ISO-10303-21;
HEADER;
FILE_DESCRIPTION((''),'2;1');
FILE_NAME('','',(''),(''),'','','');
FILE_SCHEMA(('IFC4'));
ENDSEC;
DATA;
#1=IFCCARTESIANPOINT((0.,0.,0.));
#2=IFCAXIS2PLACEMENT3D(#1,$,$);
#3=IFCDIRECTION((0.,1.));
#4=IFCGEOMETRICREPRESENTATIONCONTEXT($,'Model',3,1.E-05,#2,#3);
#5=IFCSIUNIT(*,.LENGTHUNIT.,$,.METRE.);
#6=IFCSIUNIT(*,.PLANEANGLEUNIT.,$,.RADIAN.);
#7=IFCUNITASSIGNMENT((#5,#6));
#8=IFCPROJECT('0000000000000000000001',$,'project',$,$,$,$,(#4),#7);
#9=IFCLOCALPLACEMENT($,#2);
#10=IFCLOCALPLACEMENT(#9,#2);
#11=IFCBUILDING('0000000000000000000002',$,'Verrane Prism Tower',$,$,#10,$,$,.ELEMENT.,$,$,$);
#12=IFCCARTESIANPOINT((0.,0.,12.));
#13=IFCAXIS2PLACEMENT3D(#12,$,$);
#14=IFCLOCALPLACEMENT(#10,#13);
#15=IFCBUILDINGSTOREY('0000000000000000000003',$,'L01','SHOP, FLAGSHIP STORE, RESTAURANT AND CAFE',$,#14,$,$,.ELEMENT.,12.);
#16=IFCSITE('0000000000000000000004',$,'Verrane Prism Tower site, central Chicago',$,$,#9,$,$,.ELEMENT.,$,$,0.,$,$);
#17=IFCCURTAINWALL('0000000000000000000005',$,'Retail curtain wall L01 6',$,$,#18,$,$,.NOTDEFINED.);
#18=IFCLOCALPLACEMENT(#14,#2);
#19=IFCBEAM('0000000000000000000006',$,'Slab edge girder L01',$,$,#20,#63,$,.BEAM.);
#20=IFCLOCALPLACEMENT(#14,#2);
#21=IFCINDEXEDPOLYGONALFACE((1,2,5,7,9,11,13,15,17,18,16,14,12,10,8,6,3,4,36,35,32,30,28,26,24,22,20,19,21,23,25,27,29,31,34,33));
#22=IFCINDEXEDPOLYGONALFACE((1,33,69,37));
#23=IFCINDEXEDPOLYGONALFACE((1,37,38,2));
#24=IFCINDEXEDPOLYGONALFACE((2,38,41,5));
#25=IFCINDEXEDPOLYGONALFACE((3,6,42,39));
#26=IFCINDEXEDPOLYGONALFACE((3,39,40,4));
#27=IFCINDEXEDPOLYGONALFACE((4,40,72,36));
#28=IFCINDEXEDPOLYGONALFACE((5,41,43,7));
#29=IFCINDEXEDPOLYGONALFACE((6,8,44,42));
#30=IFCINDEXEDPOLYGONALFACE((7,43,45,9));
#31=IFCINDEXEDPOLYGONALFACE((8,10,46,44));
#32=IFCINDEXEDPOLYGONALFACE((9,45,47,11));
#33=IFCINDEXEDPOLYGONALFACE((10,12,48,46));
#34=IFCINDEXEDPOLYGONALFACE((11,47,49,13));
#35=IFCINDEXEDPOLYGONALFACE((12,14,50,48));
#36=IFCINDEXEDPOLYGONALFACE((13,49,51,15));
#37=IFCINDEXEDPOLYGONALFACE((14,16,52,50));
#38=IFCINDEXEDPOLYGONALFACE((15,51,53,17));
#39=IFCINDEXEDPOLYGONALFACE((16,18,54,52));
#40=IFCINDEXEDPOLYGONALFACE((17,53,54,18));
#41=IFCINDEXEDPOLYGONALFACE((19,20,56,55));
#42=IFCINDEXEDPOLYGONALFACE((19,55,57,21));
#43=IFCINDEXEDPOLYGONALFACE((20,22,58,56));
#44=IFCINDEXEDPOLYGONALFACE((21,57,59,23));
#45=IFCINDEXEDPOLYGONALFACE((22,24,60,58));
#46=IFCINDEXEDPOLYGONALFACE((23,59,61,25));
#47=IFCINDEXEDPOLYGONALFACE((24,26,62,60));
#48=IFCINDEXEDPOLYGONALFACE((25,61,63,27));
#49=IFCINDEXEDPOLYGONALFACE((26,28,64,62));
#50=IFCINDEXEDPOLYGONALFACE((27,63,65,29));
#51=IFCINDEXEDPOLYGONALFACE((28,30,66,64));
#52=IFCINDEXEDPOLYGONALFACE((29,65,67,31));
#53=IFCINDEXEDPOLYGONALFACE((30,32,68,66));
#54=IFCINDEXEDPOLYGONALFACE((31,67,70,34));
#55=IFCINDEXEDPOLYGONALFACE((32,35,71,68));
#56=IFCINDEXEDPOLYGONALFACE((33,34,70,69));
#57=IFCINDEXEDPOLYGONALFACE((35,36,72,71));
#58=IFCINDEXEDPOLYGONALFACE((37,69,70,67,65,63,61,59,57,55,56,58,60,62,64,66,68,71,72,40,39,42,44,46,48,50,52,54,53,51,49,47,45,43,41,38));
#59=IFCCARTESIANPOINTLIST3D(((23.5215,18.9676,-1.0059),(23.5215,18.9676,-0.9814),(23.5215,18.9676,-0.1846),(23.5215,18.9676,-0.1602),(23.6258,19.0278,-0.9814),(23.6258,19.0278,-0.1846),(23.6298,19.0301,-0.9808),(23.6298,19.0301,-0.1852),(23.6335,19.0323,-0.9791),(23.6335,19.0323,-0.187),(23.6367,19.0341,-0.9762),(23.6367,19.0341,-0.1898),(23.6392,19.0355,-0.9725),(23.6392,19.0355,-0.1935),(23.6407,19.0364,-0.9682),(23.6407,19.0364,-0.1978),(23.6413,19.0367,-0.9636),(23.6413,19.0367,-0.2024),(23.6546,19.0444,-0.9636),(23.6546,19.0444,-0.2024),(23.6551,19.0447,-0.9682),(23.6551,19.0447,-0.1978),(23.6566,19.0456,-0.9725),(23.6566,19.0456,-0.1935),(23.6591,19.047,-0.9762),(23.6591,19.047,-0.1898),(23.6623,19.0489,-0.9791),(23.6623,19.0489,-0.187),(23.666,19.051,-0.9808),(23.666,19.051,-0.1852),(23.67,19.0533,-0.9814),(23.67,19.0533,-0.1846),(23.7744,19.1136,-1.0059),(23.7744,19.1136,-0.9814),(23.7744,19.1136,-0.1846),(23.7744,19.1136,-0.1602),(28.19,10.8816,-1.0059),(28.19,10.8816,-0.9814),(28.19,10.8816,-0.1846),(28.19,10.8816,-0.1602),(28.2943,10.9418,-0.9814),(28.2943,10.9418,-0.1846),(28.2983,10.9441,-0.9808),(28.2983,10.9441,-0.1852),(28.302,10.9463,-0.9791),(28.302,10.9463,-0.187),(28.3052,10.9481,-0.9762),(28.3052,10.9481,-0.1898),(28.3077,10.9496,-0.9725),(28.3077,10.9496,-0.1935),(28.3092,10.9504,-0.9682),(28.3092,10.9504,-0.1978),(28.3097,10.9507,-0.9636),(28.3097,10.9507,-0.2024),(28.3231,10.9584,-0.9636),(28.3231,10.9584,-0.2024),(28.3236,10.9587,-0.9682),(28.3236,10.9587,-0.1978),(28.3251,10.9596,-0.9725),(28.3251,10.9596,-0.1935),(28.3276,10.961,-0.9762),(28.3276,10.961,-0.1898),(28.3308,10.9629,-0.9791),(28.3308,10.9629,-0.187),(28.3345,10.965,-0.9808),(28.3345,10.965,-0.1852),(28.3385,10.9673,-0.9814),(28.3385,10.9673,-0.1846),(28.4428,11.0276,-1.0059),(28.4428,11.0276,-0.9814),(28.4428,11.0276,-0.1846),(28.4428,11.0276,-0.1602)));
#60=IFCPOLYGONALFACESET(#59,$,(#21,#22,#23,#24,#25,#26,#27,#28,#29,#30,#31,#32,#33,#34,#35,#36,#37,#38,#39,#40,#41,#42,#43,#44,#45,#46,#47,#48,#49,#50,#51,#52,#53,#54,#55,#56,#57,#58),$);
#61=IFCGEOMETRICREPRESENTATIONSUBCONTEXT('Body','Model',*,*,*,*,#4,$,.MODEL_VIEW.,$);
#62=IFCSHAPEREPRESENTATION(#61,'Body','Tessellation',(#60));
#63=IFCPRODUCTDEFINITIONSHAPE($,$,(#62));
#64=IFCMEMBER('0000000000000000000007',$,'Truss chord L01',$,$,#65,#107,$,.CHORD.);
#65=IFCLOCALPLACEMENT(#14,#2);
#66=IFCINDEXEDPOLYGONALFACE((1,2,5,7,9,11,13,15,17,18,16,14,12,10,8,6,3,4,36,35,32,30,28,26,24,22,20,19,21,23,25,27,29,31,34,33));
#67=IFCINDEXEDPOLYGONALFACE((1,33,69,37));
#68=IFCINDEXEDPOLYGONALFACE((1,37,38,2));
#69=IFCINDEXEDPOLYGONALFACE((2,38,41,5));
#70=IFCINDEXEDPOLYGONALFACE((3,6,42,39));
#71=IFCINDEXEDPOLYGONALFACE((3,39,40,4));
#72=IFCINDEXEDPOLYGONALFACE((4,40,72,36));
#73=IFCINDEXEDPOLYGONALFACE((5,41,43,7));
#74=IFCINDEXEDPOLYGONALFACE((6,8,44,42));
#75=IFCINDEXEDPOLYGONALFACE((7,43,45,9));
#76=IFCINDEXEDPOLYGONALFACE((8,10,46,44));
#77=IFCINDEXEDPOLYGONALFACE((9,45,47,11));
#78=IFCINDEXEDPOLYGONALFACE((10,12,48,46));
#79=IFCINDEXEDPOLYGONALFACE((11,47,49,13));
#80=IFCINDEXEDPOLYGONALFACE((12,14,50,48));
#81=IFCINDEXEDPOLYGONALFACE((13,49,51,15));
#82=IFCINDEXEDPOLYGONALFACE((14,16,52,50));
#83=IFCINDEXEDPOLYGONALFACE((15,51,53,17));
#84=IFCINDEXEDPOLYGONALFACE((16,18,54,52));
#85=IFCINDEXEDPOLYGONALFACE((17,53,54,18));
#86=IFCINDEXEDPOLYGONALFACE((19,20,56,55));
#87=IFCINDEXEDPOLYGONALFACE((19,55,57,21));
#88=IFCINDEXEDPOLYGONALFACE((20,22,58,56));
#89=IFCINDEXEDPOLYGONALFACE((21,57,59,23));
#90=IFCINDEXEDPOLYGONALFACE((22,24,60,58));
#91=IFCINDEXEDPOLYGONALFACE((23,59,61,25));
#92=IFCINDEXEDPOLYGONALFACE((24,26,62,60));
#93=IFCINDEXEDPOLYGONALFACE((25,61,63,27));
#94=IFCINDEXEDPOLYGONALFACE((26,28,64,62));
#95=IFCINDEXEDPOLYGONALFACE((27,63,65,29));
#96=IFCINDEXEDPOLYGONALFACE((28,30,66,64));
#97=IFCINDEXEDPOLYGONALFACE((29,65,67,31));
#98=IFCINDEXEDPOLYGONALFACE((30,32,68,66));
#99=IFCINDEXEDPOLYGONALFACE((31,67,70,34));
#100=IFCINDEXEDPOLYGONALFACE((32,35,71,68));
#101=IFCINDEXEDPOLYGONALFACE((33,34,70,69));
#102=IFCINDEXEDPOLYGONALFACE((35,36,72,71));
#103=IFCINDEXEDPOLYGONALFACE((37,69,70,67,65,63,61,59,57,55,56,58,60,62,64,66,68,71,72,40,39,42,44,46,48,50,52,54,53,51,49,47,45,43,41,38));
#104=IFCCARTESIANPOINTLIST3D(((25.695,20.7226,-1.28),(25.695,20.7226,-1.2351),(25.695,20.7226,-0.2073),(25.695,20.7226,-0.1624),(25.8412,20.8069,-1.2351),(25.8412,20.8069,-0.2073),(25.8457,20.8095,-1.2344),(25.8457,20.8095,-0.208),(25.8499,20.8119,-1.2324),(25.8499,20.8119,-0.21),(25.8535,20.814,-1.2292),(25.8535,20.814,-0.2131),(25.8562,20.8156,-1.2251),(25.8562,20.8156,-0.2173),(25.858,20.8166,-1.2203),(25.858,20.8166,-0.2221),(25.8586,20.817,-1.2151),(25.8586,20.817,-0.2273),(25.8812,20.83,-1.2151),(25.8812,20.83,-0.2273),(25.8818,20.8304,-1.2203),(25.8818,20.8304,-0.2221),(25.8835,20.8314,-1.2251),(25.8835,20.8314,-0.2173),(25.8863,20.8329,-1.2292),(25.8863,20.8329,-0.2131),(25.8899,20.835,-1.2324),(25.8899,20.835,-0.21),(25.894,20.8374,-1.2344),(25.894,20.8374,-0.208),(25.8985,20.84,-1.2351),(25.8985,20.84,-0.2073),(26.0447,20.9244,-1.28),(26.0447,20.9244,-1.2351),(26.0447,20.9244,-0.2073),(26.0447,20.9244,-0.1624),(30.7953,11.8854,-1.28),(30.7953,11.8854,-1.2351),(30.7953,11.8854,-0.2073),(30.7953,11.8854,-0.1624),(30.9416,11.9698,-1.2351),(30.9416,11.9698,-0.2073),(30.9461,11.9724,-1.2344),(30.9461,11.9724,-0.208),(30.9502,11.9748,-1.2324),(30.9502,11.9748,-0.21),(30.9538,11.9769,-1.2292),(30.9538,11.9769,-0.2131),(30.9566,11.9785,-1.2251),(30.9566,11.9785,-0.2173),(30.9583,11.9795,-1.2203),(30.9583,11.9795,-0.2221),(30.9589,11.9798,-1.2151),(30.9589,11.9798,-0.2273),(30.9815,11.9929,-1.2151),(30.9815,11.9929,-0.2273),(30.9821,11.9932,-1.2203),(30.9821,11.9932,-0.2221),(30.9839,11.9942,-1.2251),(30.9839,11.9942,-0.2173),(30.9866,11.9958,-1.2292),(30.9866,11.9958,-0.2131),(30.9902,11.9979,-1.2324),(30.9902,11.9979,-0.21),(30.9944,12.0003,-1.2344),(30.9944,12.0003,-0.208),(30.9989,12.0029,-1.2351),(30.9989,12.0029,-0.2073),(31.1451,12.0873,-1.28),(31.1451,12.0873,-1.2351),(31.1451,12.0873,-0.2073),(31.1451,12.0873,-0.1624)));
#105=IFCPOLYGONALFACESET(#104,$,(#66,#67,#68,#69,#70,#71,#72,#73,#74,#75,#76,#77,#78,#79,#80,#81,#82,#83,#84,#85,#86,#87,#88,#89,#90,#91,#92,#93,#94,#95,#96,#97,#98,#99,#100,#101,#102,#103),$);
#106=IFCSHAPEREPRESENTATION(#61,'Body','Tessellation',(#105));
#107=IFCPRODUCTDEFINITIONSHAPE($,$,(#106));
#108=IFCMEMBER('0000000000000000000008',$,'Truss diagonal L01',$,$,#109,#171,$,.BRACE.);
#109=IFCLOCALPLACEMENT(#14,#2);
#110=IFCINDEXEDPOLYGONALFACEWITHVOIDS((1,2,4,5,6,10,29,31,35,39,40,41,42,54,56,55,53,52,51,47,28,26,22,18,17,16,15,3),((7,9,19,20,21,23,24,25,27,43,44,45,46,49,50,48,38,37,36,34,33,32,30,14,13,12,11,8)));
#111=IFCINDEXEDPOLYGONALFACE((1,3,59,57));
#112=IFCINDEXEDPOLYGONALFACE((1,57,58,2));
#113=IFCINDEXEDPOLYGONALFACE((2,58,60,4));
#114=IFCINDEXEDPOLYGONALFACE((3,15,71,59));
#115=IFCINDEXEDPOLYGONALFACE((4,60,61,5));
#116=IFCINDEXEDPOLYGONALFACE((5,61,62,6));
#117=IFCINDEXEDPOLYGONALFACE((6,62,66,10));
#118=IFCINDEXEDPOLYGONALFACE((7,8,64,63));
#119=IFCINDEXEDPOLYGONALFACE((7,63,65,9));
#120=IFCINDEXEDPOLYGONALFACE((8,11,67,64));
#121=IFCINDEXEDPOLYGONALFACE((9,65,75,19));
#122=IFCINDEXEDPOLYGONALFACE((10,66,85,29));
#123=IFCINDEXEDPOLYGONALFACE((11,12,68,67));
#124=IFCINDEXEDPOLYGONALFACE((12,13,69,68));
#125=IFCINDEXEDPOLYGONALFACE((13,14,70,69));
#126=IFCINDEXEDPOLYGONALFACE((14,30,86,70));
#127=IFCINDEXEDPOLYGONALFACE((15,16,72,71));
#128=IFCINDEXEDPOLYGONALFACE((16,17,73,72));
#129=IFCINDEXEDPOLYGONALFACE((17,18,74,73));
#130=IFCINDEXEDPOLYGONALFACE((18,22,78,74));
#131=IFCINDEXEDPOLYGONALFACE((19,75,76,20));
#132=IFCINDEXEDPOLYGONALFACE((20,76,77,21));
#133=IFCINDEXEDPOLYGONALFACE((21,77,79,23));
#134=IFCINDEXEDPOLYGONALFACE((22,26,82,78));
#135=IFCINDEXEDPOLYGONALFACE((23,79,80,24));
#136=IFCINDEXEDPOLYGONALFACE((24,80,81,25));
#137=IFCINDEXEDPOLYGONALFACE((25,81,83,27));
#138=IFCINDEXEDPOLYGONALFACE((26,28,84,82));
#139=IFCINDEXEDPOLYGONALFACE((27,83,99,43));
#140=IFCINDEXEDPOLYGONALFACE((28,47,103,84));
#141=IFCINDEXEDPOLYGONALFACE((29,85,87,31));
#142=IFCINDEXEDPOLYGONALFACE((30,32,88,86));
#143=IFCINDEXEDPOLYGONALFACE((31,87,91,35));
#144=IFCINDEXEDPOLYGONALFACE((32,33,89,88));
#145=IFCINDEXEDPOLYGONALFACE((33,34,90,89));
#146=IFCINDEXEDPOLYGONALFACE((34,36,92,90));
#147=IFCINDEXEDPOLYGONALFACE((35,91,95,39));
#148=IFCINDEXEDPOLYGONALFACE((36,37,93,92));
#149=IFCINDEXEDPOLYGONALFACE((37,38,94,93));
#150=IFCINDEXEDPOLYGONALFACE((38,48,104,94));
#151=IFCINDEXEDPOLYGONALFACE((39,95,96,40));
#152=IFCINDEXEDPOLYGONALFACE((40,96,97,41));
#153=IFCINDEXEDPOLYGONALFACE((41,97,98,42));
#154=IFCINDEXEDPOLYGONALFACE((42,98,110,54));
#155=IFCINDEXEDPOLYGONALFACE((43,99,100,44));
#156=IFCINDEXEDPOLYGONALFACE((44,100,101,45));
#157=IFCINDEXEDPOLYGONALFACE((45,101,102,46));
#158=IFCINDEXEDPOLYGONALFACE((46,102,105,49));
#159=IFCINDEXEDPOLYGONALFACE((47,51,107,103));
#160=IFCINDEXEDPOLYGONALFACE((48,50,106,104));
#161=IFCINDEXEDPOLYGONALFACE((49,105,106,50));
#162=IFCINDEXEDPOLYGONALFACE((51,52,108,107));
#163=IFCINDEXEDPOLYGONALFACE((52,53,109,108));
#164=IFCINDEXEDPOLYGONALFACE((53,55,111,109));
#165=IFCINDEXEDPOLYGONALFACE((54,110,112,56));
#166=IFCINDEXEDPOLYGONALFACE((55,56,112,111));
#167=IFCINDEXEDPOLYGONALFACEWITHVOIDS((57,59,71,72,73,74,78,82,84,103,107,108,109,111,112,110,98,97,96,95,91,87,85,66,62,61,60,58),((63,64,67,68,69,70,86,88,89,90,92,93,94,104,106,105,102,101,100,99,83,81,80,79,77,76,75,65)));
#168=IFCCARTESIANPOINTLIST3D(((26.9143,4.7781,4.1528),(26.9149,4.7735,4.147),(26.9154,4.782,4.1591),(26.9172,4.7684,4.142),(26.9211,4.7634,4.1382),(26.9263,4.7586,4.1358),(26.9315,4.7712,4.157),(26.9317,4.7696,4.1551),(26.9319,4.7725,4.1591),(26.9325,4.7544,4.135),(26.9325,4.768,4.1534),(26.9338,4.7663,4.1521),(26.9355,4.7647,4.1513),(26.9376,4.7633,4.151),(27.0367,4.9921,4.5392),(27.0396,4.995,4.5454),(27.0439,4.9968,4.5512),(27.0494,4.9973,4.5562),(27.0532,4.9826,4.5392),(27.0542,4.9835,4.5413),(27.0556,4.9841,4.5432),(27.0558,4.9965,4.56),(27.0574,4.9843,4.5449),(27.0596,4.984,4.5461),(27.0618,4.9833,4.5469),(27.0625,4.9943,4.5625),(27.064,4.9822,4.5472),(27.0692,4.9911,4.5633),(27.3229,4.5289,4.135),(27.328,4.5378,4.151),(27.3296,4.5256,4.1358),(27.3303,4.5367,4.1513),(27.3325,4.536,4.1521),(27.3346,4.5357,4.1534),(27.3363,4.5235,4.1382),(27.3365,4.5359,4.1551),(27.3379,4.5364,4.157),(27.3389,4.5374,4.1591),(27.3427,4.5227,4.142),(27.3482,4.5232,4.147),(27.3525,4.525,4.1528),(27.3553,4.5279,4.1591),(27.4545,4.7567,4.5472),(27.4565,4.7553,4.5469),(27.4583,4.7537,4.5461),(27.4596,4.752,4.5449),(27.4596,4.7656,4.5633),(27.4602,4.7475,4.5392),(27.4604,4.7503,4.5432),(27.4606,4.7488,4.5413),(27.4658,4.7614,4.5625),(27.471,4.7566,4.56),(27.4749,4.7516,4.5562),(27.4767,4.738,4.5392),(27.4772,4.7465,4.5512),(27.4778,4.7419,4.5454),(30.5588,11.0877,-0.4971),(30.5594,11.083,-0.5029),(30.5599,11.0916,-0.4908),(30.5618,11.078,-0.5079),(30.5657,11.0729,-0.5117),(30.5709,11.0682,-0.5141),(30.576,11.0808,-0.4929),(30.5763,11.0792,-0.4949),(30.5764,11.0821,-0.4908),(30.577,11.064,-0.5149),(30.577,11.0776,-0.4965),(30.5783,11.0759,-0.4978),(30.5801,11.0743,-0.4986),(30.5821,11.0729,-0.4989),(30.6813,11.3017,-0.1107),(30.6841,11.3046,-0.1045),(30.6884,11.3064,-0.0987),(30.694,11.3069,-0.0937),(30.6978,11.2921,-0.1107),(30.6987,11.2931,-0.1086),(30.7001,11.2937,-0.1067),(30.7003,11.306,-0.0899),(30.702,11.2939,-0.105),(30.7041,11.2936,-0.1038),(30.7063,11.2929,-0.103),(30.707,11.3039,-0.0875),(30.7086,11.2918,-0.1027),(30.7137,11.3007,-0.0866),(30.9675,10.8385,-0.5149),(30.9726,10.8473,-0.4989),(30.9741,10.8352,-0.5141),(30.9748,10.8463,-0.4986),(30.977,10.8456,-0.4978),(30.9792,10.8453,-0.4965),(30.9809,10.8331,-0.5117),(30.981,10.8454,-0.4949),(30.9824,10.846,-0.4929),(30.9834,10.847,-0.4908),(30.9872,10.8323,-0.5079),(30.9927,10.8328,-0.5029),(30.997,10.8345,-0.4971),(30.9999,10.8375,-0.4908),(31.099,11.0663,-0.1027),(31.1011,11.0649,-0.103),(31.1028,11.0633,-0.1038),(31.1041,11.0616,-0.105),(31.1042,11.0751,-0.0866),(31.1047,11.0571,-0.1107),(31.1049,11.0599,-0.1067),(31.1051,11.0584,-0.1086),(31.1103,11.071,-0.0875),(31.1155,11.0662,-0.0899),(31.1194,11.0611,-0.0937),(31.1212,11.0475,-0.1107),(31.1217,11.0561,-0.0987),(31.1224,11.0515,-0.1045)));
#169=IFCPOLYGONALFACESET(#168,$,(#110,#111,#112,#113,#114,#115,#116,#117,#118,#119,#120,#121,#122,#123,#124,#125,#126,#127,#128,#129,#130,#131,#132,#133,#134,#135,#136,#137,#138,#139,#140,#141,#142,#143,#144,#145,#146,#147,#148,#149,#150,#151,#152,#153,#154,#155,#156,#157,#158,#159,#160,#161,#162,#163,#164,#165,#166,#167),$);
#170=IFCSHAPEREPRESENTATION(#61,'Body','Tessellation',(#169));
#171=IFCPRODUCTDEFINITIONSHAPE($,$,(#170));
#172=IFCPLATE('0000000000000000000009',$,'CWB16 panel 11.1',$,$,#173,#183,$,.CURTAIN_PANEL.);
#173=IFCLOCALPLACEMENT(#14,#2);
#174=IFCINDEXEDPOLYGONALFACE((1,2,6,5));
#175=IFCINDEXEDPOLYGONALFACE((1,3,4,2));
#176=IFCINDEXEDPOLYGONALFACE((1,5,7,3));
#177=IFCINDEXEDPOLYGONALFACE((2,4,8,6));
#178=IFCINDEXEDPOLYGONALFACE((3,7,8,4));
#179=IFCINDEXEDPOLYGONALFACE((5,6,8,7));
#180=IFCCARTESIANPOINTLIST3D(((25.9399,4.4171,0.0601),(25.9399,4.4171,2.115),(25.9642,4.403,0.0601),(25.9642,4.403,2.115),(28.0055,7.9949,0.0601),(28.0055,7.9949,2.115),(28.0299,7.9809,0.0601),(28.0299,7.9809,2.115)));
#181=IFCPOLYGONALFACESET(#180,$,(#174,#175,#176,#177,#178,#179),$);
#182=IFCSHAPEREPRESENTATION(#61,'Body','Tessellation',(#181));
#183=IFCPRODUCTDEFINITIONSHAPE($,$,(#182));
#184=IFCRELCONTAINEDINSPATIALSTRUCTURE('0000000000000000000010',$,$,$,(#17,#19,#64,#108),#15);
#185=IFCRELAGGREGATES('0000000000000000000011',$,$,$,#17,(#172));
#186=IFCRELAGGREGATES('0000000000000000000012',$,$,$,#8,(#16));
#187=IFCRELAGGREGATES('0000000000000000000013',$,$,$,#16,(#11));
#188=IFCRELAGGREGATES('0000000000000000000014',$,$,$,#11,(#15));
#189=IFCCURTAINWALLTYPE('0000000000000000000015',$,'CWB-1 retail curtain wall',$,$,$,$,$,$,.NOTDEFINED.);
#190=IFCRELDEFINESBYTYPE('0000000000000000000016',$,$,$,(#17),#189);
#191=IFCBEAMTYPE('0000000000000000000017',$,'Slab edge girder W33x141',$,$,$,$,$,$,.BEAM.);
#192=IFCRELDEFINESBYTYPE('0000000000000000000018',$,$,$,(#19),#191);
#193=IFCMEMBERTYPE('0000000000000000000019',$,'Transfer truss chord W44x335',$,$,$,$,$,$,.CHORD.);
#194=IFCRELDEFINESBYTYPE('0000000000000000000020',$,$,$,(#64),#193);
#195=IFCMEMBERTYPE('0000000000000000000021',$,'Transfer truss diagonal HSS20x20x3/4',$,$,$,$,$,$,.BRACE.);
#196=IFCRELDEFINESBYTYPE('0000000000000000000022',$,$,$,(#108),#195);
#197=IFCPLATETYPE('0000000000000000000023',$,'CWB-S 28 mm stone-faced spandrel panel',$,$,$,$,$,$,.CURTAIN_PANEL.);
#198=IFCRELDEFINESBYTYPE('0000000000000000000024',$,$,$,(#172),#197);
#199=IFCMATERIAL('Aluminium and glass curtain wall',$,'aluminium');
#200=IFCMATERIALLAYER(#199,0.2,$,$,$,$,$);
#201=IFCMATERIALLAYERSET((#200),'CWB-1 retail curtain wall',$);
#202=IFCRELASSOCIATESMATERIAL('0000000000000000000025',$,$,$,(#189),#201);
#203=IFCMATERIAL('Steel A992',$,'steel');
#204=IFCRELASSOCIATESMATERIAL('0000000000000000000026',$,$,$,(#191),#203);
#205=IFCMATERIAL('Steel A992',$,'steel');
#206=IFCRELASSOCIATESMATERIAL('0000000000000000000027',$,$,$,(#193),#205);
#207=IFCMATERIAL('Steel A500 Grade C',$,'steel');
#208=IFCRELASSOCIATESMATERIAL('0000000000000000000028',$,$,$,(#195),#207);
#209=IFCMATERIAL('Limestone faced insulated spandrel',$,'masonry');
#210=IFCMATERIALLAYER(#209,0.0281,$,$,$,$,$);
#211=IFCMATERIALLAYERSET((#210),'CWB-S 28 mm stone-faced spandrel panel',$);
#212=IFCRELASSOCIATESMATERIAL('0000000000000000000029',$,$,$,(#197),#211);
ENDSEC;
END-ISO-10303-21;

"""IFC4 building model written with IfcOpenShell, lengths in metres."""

from ifc_helpers import new_model, si_unit, direction, frame, origin, origin_2d, place, context, subcontext, project, spatial, rectangle, hollow_rectangle, i_section, extrude, material, layer, layer_set, material_profile, profile_set, type_object, element, aggregate, save


model = new_model("IFC4")

# Units and contexts
model_context = context("Model", 3, precision=1e-05, world=origin(), true_north=direction((0.0, 1.0)))
body_context = subcontext(model_context, "Body", "Model", "MODEL_VIEW")
ifc_project = project(units=[si_unit("LENGTHUNIT", "METRE"), si_unit("PLANEANGLEUNIT", "RADIAN")], contexts=[model_context])

# Site, building, storey
site_placement = place(None, origin())
site = spatial("IfcSite", under=ifc_project, at=site_placement, Name="Verrane Prism Tower site, central Chicago", CompositionType="ELEMENT", RefElevation=0.0)
building_placement = place(site_placement, origin())
building = spatial("IfcBuilding", under=site, at=building_placement, Name="Verrane Prism Tower", CompositionType="ELEMENT")
storey_placement = place(building_placement, frame((0.0, 0.0, 12.0)))
storey = spatial("IfcBuildingStorey", under=building, at=storey_placement, Name="L01", Description="SHOP, FLAGSHIP STORE, RESTAURANT AND CAFE", CompositionType="ELEMENT", Elevation=12.0)

# Shared definitions
ifc_material_1 = material(Name="Aluminium and glass curtain wall", Category="aluminium")
ifc_layer_1 = layer(ifc_material_1, 0.2)
ifc_layer_set_1 = layer_set([ifc_layer_1], Name="CWB-1 retail curtain wall")
curtain_wall_type = type_object("IfcCurtainWallType", Name="CWB-1 retail curtain wall", PredefinedType="NOTDEFINED", material=ifc_layer_set_1)

# Curtain wall
curtain_wall_1_placement = place(storey_placement, origin())
curtain_wall_1 = element("IfcCurtainWall", 1, at=curtain_wall_1_placement, inside=storey, type_object=curtain_wall_type, Name="Retail curtain wall L01 6", PredefinedType="NOTDEFINED")

# Beam
ifc_material_2 = material(Name="Steel A992", Category="steel")
ifc_material_profile_1 = material_profile(ifc_material_2, i_section(OverallWidth=0.292, OverallDepth=0.8457, WebThickness=0.0154, FlangeThickness=0.0244, FilletRadius=0.0178, at=origin_2d()), Name="W33x141")
ifc_profile_set_1 = profile_set([ifc_material_profile_1], Name="Steel A992")
beam_type_1 = type_object("IfcBeamType", Name="Slab edge girder W33x141", PredefinedType="BEAM", material=ifc_profile_set_1)
beam_1_placement = place(storey_placement, frame((28.3164, 10.9546, -0.583), z_axis=(-0.500003, 0.866024, 0.0), x_axis=(-0.866024, -0.500003, 0.0)))
element("IfcBeam", 2, at=beam_1_placement, inside=storey, type_object=beam_type_1, Name="Slab edge girder L01", PredefinedType="BEAM", context=body_context, shape_type="SweptSolid", body=[
    extrude(i_section(OverallWidth=0.292, OverallDepth=0.8457, WebThickness=0.0154, FlangeThickness=0.0244, FilletRadius=0.0178, at=origin_2d()), origin(), (0.0, 0.0, 1.0), 9.3369),
])

# Members
ifc_material_3 = material(Name="Steel A992", Category="steel")
ifc_material_profile_2 = material_profile(ifc_material_3, i_section(OverallWidth=0.4038, OverallDepth=1.1177, WebThickness=0.0261, FlangeThickness=0.0449, FilletRadius=0.02, at=origin_2d()), Name="W44x335")
ifc_profile_set_2 = profile_set([ifc_material_profile_2], Name="Steel A992")
member_type_1 = type_object("IfcMemberType", Name="Transfer truss chord W44x335", PredefinedType="CHORD", material=ifc_profile_set_2)
member_1_placement = place(storey_placement, frame((30.9702, 11.9863, -0.7212), z_axis=(-0.499868, 0.866102, 0.0), x_axis=(-0.866102, -0.499868, 0.0)))
element("IfcMember", 3, at=member_1_placement, inside=storey, type_object=member_type_1, Name="Truss chord L01", PredefinedType="CHORD", context=body_context, shape_type="SweptSolid", body=[
    extrude(i_section(OverallWidth=0.4038, OverallDepth=1.1177, WebThickness=0.0261, FlangeThickness=0.0449, FilletRadius=0.02, at=origin_2d()), origin(), (0.0, 0.0, 1.0), 10.2034),
])
ifc_material_4 = material(Name="Steel A500 Grade C", Category="steel")
ifc_material_profile_3 = material_profile(ifc_material_4, hollow_rectangle(XDim=0.5081, YDim=0.5081, WallThickness=0.019, InnerFilletRadius=0.0095, OuterFilletRadius=0.0286, at=origin_2d()), Name="HSS20x20x3/4")
ifc_profile_set_3 = profile_set([ifc_material_profile_3], Name="Steel A500 Grade C")
member_type_2 = type_object("IfcMemberType", Name="Transfer truss diagonal HSS20x20x3/4", PredefinedType="BRACE", material=ifc_profile_set_3)
member_2_placement = place(storey_placement, frame((30.8406, 11.0696, -0.3008), z_axis=(-0.421636, -0.729955, 0.537948), x_axis=(0.865924, -0.500175, 0.0)))
element("IfcMember", 4, at=member_2_placement, inside=storey, type_object=member_type_2, Name="Truss diagonal L01", PredefinedType="BRACE", context=body_context, shape_type="SweptSolid", body=[
    extrude(hollow_rectangle(XDim=0.5081, YDim=0.5081, WallThickness=0.019, InnerFilletRadius=0.0095, OuterFilletRadius=0.0286, at=origin_2d()), origin(), (0.0, 0.0, 1.0), 8.6438),
])

# Plate
ifc_material_5 = material(Name="Limestone faced insulated spandrel", Category="masonry")
ifc_layer_2 = layer(ifc_material_5, 0.0281)
ifc_layer_set_2 = layer_set([ifc_layer_2], Name="CWB-S 28 mm stone-faced spandrel panel")
plate_type = type_object("IfcPlateType", Name="CWB-S 28 mm stone-faced spandrel panel", PredefinedType="CURTAIN_PANEL", material=ifc_layer_set_2)
plate_1_placement = place(storey_placement, frame((26.9849, 6.199, 0.0601), z_axis=(0.0, 0.0, 1.0), x_axis=(0.5, 0.866025, 0.0)))
plate_1 = element("IfcPlate", 5, at=plate_1_placement, type_object=plate_type, Name="CWB16 panel 11.1", PredefinedType="CURTAIN_PANEL", context=body_context, shape_type="SweptSolid", body=[
    extrude(rectangle(XDim=4.1313, YDim=0.0281, at=origin_2d()), origin(), (0.0, 0.0, 1.0), 2.0549),
])
aggregate(curtain_wall_1, [plate_1])

save(model, "model.ifc")
